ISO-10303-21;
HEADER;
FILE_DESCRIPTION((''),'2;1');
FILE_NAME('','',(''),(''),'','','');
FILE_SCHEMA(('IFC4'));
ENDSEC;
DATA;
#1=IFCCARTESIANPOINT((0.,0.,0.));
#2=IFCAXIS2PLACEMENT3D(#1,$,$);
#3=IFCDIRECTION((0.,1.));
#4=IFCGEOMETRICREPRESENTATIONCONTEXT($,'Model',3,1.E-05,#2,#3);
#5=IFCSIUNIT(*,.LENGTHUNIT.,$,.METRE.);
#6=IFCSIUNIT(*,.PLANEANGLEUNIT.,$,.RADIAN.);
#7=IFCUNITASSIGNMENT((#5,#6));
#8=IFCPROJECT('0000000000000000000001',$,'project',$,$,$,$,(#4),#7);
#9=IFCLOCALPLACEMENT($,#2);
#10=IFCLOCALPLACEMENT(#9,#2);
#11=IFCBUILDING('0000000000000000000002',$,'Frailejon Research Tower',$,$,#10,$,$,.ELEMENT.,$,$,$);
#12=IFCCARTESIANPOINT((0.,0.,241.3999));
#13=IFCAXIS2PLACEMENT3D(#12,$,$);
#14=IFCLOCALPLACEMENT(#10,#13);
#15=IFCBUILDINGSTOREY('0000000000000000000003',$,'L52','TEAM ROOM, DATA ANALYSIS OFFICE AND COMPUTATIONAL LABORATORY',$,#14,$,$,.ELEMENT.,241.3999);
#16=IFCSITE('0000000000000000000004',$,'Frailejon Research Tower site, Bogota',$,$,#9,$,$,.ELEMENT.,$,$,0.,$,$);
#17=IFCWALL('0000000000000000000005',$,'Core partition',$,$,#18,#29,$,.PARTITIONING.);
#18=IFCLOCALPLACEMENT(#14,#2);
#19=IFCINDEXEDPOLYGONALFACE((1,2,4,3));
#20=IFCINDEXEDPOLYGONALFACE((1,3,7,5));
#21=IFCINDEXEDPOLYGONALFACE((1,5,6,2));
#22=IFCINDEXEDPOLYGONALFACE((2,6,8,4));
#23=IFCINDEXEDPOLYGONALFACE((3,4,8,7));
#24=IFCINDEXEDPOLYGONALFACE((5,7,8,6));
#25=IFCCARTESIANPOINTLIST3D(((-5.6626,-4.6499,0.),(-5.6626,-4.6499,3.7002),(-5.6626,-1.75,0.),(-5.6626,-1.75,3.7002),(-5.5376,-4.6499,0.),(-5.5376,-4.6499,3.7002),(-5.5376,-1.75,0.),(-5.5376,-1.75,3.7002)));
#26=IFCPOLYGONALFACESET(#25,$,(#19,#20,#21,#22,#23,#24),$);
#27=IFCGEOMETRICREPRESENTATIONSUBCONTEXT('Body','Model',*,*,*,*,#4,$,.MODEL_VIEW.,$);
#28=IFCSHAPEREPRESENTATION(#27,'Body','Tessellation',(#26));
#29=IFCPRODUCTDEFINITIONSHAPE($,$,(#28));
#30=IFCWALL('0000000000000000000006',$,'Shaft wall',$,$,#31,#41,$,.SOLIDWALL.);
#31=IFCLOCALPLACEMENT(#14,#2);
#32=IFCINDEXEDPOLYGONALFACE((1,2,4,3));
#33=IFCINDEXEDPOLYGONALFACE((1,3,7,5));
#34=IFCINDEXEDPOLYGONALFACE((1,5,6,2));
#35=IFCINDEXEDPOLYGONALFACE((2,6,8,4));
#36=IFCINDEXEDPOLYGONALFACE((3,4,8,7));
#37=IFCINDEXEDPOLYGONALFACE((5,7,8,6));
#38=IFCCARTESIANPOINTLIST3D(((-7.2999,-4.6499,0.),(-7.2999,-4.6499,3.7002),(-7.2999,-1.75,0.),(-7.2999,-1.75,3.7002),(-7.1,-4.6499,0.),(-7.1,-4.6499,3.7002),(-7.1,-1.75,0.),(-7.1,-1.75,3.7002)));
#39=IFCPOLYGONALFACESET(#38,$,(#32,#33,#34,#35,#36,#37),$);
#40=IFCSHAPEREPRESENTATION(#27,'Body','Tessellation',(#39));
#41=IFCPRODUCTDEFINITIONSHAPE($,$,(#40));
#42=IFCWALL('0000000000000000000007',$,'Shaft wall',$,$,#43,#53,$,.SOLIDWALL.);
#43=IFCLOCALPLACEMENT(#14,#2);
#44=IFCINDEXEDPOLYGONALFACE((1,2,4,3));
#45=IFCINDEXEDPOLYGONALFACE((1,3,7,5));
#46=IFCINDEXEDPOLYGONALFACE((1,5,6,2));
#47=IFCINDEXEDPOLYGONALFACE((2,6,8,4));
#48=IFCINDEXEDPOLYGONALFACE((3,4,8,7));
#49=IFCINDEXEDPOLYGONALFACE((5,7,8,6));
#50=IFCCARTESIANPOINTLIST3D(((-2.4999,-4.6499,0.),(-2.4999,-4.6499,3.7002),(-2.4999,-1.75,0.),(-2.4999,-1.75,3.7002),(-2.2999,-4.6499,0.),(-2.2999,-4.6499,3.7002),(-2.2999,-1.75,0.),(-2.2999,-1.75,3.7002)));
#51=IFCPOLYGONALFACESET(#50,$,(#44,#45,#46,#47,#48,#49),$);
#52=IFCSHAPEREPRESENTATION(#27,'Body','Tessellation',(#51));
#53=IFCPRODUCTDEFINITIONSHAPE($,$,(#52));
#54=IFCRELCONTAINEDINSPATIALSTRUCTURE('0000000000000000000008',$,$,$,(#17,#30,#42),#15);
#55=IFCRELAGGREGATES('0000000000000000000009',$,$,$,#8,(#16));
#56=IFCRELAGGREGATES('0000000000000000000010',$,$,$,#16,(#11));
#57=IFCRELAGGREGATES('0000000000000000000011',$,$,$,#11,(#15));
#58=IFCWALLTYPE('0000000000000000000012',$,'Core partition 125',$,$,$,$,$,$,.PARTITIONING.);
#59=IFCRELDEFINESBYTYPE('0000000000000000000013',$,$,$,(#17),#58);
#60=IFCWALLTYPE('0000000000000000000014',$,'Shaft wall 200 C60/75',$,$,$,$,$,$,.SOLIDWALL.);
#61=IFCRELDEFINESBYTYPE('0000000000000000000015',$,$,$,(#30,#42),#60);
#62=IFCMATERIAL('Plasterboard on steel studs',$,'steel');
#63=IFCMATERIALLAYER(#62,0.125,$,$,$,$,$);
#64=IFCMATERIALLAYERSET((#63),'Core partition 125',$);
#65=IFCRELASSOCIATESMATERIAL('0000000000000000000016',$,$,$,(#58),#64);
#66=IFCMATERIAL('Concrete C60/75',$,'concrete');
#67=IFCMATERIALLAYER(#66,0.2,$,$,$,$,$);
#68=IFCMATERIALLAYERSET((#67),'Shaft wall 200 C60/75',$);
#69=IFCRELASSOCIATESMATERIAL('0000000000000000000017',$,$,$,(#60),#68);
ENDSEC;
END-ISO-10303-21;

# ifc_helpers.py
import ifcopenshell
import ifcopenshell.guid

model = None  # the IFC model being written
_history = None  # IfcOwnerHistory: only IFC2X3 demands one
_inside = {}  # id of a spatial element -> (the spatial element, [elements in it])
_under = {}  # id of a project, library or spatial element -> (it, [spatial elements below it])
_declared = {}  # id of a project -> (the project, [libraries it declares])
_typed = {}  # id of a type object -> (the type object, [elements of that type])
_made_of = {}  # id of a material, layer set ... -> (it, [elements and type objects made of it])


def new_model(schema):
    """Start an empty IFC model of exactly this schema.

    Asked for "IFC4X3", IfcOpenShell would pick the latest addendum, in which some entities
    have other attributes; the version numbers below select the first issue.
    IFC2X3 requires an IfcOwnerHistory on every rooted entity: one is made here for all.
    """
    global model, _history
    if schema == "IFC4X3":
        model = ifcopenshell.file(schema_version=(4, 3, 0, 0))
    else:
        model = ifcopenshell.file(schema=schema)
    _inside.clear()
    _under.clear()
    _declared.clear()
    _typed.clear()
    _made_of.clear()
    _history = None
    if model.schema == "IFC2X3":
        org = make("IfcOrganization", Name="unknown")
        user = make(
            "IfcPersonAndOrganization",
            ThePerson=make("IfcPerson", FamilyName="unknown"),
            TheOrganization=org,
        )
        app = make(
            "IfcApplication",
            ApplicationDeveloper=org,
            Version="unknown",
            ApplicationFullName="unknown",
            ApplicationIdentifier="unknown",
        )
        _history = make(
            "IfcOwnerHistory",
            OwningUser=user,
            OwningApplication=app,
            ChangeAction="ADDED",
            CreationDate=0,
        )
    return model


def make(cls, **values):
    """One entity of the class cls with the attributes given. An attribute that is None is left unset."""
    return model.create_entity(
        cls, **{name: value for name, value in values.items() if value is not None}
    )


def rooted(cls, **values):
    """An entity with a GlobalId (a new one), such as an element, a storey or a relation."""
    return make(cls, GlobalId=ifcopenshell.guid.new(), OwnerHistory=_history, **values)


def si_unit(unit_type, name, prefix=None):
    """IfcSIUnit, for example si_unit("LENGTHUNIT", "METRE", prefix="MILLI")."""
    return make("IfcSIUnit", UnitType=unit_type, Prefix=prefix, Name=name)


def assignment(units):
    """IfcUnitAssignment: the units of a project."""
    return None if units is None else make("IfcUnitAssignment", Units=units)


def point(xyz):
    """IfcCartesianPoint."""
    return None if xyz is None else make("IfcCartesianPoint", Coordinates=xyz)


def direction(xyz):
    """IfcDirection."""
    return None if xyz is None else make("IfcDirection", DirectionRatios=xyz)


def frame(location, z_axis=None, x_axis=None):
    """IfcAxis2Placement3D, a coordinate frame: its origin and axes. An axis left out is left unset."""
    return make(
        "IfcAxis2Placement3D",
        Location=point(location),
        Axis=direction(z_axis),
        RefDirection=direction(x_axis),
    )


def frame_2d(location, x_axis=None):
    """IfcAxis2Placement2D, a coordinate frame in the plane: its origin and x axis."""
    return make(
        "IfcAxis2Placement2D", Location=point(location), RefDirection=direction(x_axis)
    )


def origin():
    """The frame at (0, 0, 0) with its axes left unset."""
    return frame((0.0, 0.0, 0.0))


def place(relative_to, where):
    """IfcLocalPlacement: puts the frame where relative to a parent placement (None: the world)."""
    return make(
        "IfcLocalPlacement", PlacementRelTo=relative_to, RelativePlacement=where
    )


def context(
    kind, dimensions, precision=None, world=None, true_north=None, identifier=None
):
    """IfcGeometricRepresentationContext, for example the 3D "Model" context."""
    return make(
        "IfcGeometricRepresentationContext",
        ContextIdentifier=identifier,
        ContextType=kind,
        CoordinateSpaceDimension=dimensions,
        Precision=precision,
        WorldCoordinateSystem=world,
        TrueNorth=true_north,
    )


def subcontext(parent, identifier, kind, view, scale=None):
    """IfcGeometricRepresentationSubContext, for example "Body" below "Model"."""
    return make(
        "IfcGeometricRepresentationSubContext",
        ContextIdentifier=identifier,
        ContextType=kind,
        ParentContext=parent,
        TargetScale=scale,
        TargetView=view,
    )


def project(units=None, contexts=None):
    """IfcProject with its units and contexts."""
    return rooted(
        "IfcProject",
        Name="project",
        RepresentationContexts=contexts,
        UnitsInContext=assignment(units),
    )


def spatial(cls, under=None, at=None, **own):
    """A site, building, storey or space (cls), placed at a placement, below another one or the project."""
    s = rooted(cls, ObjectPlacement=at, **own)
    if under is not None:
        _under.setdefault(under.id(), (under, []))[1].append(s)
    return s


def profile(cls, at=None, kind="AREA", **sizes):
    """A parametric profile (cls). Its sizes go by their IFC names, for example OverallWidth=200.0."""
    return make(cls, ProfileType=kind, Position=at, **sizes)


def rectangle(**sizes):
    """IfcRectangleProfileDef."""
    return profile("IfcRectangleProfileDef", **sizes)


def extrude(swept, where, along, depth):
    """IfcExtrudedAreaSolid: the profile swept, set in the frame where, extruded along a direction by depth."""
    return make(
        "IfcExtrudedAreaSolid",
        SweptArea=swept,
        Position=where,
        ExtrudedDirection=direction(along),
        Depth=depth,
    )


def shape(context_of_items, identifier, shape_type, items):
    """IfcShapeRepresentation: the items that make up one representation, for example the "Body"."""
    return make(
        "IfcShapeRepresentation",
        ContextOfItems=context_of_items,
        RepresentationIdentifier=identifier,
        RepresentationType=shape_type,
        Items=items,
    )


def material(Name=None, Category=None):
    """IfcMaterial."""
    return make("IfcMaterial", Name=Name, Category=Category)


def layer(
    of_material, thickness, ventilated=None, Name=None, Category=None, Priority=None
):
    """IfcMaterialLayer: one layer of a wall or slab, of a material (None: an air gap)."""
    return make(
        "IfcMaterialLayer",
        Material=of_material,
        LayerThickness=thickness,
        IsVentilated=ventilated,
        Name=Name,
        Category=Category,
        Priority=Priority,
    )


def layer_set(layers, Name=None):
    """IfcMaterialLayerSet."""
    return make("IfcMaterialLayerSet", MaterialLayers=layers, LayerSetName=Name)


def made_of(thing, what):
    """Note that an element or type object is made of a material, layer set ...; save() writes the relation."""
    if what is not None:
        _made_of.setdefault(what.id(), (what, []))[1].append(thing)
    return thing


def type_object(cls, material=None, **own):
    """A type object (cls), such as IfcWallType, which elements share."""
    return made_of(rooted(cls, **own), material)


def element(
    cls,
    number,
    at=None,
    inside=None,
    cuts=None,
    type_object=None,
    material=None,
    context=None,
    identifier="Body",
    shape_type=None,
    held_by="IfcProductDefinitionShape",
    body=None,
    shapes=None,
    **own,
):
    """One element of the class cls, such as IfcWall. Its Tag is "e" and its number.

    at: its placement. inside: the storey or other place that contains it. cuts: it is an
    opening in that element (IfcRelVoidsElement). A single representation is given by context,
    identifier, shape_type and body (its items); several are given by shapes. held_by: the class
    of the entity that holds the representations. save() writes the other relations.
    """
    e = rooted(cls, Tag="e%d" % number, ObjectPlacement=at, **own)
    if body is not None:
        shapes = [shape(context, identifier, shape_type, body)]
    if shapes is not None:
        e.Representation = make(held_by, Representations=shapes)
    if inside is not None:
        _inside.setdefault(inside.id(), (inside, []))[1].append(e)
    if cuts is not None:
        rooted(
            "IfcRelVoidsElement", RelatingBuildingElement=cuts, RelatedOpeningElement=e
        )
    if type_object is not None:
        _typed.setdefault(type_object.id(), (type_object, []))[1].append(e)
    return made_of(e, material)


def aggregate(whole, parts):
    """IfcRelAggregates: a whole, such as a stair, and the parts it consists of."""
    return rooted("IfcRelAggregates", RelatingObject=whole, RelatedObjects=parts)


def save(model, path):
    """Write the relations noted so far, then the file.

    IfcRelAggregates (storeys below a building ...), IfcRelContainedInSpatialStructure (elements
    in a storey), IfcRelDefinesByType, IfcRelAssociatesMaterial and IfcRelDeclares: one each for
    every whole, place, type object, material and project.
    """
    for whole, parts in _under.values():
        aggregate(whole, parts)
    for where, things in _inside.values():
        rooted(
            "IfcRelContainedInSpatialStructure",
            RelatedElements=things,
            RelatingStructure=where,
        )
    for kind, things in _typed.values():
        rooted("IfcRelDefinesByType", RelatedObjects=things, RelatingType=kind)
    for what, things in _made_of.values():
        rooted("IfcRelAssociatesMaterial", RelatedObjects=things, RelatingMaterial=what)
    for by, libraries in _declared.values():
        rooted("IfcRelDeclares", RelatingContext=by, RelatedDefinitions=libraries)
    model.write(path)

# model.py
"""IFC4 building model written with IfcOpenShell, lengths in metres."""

from ifc_helpers import new_model, si_unit, direction, frame, frame_2d, origin, place, context, subcontext, project, spatial, rectangle, extrude, material, layer, layer_set, type_object, element, save


model = new_model("IFC4")

# Units and contexts
model_context = context("Model", 3, precision=1e-05, world=origin(), true_north=direction((0.0, 1.0)))
body_context = subcontext(model_context, "Body", "Model", "MODEL_VIEW")
ifc_project = project(units=[si_unit("LENGTHUNIT", "METRE"), si_unit("PLANEANGLEUNIT", "RADIAN")], contexts=[model_context])

# Site, building, storey
site_placement = place(None, origin())
site = spatial("IfcSite", under=ifc_project, at=site_placement, Name="Frailejon Research Tower site, Bogota", CompositionType="ELEMENT", RefElevation=0.0)
building_placement = place(site_placement, origin())
building = spatial("IfcBuilding", under=site, at=building_placement, Name="Frailejon Research Tower", CompositionType="ELEMENT")
storey_placement = place(building_placement, frame((0.0, 0.0, 241.3999)))
storey = spatial("IfcBuildingStorey", under=building, at=storey_placement, Name="L52", Description="TEAM ROOM, DATA ANALYSIS OFFICE AND COMPUTATIONAL LABORATORY", CompositionType="ELEMENT", Elevation=241.3999)

# Walls
ifc_material_1 = material(Name="Plasterboard on steel studs", Category="steel")
ifc_layer_1 = layer(ifc_material_1, 0.125)
ifc_layer_set_1 = layer_set([ifc_layer_1], Name="Core partition 125")
wall_type_1 = type_object("IfcWallType", Name="Core partition 125", PredefinedType="PARTITIONING", material=ifc_layer_set_1)
wall_1_placement = place(storey_placement, frame((-5.6001, -4.6499, 0.0), z_axis=(0.0, 0.0, 1.0), x_axis=(0.0, 1.0, 0.0)))
element("IfcWall", 1, at=wall_1_placement, inside=storey, type_object=wall_type_1, Name="Core partition", PredefinedType="PARTITIONING", context=body_context, shape_type="SweptSolid", body=[
    extrude(rectangle(XDim=2.8999, YDim=0.125, at=frame_2d((1.45, 0.0))), origin(), (0.0, 0.0, 1.0), 3.7002),
])
ifc_material_2 = material(Name="Concrete C60/75", Category="concrete")
ifc_layer_2 = layer(ifc_material_2, 0.2)
ifc_layer_set_2 = layer_set([ifc_layer_2], Name="Shaft wall 200 C60/75")
wall_type_2 = type_object("IfcWallType", Name="Shaft wall 200 C60/75", PredefinedType="SOLIDWALL", material=ifc_layer_set_2)
for number, where, z_axis, x_axis, name in (
    (2, (-7.2, -4.6499, 0.0), (0.0, 0.0, 1.0), (0.0, 1.0, 0.0), "Shaft wall"),
    (3, (-2.3999, -4.6499, 0.0), (0.0, 0.0, 1.0), (0.0, 1.0, 0.0), "Shaft wall"),
):
    element("IfcWall", number, at=place(storey_placement, frame(where, z_axis=z_axis, x_axis=x_axis)), inside=storey, type_object=wall_type_2, Name=name, PredefinedType="SOLIDWALL", context=body_context, shape_type="SweptSolid", body=[
        extrude(rectangle(XDim=2.8999, YDim=0.2, at=frame_2d((1.45, 0.0))), origin(), (0.0, 0.0, 1.0), 3.7002),
    ])

save(model, "model.ifc")
